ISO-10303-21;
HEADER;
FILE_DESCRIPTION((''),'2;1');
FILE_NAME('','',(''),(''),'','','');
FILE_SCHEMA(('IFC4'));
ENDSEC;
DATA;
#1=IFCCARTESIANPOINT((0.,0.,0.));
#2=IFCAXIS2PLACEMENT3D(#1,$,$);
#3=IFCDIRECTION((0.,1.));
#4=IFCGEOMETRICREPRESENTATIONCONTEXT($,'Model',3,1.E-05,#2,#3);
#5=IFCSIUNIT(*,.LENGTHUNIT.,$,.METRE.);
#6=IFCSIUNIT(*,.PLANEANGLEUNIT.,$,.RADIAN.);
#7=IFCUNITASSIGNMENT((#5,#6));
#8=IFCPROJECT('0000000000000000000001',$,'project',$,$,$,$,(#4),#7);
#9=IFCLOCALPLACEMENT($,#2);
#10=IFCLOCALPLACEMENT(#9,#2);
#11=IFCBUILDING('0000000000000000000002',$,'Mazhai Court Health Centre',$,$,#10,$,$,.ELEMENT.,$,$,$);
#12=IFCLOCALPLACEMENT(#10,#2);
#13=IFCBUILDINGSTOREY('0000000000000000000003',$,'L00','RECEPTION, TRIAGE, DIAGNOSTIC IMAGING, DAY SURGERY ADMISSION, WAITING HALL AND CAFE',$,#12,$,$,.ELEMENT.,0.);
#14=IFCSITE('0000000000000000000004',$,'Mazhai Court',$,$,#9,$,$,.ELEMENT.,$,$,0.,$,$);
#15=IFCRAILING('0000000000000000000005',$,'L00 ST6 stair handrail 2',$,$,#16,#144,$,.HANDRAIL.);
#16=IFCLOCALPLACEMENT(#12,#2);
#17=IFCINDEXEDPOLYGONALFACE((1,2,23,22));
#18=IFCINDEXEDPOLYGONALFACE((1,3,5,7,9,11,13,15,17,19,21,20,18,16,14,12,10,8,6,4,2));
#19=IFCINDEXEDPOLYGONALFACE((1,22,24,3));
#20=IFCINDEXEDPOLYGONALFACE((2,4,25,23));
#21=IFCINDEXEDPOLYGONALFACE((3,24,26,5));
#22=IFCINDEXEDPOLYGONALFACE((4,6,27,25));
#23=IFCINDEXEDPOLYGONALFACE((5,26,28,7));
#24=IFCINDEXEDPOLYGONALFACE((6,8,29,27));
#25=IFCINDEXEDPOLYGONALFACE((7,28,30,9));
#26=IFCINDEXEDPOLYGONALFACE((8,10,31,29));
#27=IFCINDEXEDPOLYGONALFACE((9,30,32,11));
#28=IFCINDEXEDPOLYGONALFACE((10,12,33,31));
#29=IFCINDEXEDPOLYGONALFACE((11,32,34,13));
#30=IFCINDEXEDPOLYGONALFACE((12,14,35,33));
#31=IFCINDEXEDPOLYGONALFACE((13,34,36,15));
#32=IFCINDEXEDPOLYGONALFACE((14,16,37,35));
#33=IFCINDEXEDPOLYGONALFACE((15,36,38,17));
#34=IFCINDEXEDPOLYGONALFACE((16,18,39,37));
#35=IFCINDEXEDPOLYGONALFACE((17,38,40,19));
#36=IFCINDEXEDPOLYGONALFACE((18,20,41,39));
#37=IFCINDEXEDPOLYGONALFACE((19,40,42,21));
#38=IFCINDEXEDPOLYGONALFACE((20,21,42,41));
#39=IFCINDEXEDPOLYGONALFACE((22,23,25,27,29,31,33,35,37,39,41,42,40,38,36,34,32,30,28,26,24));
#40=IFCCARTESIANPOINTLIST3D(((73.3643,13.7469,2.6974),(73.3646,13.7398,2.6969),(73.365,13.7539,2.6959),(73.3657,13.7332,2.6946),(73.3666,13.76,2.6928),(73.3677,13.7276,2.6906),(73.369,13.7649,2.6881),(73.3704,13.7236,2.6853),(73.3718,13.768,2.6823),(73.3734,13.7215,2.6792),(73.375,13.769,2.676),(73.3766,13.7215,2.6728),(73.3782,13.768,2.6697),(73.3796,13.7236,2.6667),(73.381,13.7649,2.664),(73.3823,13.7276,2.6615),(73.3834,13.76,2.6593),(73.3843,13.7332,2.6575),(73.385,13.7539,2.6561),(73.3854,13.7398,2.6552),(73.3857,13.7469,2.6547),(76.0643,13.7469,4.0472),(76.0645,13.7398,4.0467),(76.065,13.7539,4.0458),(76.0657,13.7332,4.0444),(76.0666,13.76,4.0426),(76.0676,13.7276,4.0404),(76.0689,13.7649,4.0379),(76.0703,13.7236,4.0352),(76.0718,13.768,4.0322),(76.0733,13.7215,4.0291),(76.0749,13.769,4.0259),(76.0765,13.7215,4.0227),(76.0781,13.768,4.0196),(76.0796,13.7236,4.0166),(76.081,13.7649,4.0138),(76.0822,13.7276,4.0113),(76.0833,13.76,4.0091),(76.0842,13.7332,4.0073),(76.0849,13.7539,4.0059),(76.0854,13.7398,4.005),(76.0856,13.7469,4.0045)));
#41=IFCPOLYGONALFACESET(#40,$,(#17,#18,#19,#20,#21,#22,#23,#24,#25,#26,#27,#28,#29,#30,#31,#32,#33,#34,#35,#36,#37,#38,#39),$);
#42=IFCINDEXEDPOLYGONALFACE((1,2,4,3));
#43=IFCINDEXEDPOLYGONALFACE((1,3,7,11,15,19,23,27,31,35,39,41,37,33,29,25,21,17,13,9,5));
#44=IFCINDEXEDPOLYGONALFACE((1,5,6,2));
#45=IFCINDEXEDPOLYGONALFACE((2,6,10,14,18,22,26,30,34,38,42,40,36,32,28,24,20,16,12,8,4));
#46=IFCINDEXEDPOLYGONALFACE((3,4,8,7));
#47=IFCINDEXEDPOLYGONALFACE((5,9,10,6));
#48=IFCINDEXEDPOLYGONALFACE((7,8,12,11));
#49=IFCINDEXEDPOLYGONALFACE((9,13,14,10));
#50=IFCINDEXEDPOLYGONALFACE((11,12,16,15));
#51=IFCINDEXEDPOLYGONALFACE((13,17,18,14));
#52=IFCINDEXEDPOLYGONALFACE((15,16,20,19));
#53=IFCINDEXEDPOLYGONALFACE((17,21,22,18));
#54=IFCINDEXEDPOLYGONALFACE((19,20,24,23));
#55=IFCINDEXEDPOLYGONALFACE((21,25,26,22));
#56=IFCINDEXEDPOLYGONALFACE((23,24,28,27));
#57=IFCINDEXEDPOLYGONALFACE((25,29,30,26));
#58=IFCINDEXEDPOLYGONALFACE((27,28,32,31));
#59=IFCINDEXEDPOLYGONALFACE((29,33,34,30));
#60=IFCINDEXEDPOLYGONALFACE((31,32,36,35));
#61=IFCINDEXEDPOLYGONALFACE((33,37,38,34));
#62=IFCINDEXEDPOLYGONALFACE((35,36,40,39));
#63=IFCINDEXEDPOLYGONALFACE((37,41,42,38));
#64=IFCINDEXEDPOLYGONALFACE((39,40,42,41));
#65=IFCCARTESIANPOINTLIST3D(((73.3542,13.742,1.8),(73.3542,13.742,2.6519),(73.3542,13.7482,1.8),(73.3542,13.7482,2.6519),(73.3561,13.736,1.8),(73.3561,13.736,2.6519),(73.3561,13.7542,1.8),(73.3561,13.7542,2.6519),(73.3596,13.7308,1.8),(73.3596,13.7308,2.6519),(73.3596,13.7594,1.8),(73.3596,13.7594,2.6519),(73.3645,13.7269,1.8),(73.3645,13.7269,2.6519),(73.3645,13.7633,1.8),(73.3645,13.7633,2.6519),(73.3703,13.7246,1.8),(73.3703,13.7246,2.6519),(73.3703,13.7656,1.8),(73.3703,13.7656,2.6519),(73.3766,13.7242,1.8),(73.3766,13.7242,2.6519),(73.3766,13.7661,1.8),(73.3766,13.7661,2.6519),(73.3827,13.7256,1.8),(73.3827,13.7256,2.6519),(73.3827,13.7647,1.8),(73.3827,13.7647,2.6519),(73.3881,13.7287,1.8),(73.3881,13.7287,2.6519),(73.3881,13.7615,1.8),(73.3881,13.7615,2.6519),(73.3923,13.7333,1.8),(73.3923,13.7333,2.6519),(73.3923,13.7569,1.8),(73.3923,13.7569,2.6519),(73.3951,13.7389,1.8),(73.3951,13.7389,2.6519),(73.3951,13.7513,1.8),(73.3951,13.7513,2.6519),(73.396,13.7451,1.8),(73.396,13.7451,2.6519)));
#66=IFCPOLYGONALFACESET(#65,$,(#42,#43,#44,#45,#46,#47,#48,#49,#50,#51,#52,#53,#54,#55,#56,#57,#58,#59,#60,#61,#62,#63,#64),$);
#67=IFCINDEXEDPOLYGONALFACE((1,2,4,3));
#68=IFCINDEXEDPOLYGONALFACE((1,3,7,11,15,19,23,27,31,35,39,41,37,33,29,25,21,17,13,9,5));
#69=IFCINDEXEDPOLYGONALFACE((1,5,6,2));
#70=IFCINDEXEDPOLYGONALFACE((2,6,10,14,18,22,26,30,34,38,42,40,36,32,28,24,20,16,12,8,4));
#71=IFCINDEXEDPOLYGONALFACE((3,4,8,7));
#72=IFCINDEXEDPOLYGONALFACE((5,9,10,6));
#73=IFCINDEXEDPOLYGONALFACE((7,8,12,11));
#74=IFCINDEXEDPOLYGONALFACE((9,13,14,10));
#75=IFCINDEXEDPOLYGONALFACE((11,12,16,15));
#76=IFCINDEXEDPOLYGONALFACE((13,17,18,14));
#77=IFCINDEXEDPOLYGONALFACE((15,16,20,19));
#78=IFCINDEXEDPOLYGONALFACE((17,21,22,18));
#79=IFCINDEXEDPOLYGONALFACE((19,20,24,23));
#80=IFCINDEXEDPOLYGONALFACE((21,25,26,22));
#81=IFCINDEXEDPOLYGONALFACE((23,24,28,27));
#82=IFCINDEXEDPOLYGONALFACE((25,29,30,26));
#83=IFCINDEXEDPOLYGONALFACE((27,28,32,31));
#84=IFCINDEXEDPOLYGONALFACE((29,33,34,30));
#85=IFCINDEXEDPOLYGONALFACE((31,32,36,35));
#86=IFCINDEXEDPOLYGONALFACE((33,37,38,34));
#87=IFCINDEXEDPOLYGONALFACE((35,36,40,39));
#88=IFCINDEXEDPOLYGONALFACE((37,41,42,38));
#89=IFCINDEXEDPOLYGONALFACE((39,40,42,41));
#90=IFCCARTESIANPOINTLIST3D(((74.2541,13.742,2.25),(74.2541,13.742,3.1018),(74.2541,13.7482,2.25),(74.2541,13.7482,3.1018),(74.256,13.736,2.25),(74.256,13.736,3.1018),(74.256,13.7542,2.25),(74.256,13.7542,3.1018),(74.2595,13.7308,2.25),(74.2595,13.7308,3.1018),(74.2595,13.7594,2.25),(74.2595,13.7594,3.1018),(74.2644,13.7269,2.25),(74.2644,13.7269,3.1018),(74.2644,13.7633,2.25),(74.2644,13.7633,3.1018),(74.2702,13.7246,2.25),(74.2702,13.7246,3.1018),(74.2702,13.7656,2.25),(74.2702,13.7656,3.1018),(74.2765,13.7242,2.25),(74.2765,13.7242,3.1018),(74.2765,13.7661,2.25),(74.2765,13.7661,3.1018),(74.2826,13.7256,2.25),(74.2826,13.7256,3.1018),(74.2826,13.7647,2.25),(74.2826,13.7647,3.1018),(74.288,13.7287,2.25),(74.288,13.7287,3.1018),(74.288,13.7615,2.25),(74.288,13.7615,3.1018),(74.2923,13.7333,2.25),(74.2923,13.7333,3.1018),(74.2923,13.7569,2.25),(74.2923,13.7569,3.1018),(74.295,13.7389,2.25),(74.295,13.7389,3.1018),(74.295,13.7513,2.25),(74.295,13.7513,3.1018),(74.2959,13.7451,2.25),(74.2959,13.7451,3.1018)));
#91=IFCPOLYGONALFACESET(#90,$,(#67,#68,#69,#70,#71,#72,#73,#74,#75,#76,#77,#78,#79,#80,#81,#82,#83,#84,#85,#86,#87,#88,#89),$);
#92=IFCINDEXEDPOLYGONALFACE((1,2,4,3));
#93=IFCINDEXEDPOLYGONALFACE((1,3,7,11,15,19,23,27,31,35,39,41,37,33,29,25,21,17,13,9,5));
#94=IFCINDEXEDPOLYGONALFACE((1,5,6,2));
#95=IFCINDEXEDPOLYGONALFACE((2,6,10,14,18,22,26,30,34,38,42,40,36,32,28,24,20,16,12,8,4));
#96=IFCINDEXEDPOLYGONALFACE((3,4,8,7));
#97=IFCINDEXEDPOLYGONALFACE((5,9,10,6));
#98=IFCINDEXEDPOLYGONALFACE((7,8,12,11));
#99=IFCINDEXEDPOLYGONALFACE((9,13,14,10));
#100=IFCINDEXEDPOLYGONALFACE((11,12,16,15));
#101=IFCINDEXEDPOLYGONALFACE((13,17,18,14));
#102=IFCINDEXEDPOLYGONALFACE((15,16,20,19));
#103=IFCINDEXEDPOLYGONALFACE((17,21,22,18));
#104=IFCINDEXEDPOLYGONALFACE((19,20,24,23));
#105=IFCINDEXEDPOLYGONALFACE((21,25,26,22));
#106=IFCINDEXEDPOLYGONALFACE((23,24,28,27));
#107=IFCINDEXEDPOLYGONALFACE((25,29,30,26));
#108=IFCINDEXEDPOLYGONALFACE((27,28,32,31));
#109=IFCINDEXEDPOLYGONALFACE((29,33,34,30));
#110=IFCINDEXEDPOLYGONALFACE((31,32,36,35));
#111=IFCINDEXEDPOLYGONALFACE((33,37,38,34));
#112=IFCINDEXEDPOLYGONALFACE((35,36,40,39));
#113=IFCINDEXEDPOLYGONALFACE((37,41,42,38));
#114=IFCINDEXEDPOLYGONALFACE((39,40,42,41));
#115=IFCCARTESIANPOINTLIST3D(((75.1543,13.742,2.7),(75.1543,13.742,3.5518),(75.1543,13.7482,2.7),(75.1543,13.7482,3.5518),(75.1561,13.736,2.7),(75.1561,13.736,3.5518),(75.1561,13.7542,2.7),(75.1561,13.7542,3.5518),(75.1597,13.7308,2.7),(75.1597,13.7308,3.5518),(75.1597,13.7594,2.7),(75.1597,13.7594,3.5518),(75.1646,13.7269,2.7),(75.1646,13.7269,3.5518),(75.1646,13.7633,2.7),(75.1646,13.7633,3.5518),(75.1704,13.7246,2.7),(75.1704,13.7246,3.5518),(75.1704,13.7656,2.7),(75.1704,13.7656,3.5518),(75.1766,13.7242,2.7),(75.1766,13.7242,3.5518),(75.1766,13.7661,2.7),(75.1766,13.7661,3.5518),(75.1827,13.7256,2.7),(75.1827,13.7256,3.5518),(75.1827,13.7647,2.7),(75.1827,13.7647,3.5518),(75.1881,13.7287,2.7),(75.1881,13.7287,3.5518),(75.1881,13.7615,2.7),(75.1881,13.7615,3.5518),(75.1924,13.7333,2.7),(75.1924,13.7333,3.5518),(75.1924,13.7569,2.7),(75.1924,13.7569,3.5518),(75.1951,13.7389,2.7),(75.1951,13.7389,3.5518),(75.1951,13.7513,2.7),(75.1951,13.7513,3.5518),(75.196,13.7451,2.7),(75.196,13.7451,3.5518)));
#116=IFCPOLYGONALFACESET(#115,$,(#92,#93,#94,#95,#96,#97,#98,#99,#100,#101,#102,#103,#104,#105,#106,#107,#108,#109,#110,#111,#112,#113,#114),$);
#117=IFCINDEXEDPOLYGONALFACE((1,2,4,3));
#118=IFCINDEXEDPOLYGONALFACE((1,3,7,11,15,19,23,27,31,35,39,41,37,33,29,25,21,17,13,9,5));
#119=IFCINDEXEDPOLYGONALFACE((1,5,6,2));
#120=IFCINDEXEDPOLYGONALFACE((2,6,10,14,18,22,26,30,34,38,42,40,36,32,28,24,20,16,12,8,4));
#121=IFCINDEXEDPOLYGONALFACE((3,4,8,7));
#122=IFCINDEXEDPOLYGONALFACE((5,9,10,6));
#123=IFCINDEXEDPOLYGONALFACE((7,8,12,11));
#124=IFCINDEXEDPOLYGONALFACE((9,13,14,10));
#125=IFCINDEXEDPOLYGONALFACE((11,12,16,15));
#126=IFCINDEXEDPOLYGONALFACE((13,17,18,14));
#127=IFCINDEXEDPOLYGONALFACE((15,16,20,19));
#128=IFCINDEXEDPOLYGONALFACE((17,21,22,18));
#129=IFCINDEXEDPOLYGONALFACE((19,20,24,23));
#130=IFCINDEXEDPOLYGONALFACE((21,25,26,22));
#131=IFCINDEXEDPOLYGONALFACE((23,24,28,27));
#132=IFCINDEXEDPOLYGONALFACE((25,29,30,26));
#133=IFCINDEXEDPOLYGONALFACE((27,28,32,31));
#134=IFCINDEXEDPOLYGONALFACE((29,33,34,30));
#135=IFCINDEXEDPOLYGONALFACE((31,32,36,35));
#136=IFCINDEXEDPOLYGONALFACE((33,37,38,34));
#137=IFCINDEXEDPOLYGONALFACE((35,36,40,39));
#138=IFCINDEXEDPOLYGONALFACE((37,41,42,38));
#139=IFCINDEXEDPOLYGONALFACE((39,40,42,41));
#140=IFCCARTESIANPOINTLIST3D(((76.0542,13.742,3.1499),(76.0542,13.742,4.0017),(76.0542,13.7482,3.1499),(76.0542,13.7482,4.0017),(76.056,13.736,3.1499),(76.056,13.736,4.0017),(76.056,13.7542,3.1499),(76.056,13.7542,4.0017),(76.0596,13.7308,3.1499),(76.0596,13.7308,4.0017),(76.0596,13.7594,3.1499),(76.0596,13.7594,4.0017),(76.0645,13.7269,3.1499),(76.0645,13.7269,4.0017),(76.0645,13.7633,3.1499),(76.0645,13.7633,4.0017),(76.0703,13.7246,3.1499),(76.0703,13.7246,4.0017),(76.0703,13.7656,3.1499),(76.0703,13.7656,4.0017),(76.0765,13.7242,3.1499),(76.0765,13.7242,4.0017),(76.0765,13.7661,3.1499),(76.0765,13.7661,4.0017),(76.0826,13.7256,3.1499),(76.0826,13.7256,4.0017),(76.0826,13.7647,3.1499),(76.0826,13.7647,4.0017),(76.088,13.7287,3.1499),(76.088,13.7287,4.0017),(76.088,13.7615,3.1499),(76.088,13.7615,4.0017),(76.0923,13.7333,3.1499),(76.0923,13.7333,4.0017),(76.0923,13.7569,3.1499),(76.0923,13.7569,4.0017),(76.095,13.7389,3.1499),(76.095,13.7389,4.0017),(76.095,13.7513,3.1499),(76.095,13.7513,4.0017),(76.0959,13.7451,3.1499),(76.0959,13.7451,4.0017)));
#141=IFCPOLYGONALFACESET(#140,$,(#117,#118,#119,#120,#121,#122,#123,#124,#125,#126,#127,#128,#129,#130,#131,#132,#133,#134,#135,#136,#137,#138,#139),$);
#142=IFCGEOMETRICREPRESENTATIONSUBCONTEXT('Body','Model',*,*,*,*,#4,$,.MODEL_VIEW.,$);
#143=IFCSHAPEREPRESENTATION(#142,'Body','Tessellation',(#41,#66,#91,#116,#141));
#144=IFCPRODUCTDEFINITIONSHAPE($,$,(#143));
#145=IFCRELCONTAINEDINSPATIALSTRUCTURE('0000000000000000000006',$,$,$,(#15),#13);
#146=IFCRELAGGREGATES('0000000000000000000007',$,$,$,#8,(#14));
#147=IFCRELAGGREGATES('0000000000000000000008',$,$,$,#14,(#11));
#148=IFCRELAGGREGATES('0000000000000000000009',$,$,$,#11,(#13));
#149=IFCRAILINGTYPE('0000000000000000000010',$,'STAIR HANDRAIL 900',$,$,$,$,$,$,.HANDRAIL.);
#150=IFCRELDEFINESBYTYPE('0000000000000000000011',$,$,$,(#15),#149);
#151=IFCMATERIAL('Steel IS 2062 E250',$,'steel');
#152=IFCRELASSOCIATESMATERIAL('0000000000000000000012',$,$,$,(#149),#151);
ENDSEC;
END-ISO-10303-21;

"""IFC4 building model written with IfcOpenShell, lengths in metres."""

from ifc_helpers import new_model, si_unit, direction, frame, origin, origin_2d, place, context, subcontext, project, spatial, circle, extrude, material, type_object, element, save


model = new_model("IFC4")

# Units and contexts
model_context = context("Model", 3, precision=1e-05, world=origin(), true_north=direction((0.0, 1.0)))
body_context = subcontext(model_context, "Body", "Model", "MODEL_VIEW")
ifc_project = project(units=[si_unit("LENGTHUNIT", "METRE"), si_unit("PLANEANGLEUNIT", "RADIAN")], contexts=[model_context])

# Site, building, storey
site_placement = place(None, origin())
site = spatial("IfcSite", under=ifc_project, at=site_placement, Name="Mazhai Court", CompositionType="ELEMENT", RefElevation=0.0)
building_placement = place(site_placement, origin())
building = spatial("IfcBuilding", under=site, at=building_placement, Name="Mazhai Court Health Centre", CompositionType="ELEMENT")
storey_placement = place(building_placement, origin())
storey = spatial("IfcBuildingStorey", under=building, at=storey_placement, Name="L00", Description="RECEPTION, TRIAGE, DIAGNOSTIC IMAGING, DAY SURGERY ADMISSION, WAITING HALL AND CAFE", CompositionType="ELEMENT", Elevation=0.0)

# Railing
ifc_material_1 = material(Name="Steel IS 2062 E250", Category="steel")
railing_type = type_object("IfcRailingType", Name="STAIR HANDRAIL 900", PredefinedType="HANDRAIL", material=ifc_material_1)
railing_1_placement = place(storey_placement, frame((73.375, 13.7451, 1.8)))
element("IfcRailing", 1, at=railing_1_placement, inside=storey, type_object=railing_type, Name="L00 ST6 stair handrail 2", PredefinedType="HANDRAIL", context=body_context, shape_type="SweptSolid", body=[
    extrude(circle(Radius=0.0239, at=origin_2d()), frame((0.0, 0.0, 0.876), z_axis=(0.894443, 0.0, 0.447181), x_axis=(0.0, 1.0, 0.0)), (0.0, 0.0, 1.0), 3.0186),
    extrude(circle(Radius=0.021, at=origin_2d()), origin(), (0.0, 0.0, 1.0), 0.8518),
    extrude(circle(Radius=0.021, at=origin_2d()), frame((0.8999, 0.0, 0.45)), (0.0, 0.0, 1.0), 0.8518),
    extrude(circle(Radius=0.021, at=origin_2d()), frame((1.8, 0.0, 0.8999)), (0.0, 0.0, 1.0), 0.8518),
    extrude(circle(Radius=0.021, at=origin_2d()), frame((2.7, 0.0, 1.3499)), (0.0, 0.0, 1.0), 0.8518),
])

save(model, "model.ifc")
